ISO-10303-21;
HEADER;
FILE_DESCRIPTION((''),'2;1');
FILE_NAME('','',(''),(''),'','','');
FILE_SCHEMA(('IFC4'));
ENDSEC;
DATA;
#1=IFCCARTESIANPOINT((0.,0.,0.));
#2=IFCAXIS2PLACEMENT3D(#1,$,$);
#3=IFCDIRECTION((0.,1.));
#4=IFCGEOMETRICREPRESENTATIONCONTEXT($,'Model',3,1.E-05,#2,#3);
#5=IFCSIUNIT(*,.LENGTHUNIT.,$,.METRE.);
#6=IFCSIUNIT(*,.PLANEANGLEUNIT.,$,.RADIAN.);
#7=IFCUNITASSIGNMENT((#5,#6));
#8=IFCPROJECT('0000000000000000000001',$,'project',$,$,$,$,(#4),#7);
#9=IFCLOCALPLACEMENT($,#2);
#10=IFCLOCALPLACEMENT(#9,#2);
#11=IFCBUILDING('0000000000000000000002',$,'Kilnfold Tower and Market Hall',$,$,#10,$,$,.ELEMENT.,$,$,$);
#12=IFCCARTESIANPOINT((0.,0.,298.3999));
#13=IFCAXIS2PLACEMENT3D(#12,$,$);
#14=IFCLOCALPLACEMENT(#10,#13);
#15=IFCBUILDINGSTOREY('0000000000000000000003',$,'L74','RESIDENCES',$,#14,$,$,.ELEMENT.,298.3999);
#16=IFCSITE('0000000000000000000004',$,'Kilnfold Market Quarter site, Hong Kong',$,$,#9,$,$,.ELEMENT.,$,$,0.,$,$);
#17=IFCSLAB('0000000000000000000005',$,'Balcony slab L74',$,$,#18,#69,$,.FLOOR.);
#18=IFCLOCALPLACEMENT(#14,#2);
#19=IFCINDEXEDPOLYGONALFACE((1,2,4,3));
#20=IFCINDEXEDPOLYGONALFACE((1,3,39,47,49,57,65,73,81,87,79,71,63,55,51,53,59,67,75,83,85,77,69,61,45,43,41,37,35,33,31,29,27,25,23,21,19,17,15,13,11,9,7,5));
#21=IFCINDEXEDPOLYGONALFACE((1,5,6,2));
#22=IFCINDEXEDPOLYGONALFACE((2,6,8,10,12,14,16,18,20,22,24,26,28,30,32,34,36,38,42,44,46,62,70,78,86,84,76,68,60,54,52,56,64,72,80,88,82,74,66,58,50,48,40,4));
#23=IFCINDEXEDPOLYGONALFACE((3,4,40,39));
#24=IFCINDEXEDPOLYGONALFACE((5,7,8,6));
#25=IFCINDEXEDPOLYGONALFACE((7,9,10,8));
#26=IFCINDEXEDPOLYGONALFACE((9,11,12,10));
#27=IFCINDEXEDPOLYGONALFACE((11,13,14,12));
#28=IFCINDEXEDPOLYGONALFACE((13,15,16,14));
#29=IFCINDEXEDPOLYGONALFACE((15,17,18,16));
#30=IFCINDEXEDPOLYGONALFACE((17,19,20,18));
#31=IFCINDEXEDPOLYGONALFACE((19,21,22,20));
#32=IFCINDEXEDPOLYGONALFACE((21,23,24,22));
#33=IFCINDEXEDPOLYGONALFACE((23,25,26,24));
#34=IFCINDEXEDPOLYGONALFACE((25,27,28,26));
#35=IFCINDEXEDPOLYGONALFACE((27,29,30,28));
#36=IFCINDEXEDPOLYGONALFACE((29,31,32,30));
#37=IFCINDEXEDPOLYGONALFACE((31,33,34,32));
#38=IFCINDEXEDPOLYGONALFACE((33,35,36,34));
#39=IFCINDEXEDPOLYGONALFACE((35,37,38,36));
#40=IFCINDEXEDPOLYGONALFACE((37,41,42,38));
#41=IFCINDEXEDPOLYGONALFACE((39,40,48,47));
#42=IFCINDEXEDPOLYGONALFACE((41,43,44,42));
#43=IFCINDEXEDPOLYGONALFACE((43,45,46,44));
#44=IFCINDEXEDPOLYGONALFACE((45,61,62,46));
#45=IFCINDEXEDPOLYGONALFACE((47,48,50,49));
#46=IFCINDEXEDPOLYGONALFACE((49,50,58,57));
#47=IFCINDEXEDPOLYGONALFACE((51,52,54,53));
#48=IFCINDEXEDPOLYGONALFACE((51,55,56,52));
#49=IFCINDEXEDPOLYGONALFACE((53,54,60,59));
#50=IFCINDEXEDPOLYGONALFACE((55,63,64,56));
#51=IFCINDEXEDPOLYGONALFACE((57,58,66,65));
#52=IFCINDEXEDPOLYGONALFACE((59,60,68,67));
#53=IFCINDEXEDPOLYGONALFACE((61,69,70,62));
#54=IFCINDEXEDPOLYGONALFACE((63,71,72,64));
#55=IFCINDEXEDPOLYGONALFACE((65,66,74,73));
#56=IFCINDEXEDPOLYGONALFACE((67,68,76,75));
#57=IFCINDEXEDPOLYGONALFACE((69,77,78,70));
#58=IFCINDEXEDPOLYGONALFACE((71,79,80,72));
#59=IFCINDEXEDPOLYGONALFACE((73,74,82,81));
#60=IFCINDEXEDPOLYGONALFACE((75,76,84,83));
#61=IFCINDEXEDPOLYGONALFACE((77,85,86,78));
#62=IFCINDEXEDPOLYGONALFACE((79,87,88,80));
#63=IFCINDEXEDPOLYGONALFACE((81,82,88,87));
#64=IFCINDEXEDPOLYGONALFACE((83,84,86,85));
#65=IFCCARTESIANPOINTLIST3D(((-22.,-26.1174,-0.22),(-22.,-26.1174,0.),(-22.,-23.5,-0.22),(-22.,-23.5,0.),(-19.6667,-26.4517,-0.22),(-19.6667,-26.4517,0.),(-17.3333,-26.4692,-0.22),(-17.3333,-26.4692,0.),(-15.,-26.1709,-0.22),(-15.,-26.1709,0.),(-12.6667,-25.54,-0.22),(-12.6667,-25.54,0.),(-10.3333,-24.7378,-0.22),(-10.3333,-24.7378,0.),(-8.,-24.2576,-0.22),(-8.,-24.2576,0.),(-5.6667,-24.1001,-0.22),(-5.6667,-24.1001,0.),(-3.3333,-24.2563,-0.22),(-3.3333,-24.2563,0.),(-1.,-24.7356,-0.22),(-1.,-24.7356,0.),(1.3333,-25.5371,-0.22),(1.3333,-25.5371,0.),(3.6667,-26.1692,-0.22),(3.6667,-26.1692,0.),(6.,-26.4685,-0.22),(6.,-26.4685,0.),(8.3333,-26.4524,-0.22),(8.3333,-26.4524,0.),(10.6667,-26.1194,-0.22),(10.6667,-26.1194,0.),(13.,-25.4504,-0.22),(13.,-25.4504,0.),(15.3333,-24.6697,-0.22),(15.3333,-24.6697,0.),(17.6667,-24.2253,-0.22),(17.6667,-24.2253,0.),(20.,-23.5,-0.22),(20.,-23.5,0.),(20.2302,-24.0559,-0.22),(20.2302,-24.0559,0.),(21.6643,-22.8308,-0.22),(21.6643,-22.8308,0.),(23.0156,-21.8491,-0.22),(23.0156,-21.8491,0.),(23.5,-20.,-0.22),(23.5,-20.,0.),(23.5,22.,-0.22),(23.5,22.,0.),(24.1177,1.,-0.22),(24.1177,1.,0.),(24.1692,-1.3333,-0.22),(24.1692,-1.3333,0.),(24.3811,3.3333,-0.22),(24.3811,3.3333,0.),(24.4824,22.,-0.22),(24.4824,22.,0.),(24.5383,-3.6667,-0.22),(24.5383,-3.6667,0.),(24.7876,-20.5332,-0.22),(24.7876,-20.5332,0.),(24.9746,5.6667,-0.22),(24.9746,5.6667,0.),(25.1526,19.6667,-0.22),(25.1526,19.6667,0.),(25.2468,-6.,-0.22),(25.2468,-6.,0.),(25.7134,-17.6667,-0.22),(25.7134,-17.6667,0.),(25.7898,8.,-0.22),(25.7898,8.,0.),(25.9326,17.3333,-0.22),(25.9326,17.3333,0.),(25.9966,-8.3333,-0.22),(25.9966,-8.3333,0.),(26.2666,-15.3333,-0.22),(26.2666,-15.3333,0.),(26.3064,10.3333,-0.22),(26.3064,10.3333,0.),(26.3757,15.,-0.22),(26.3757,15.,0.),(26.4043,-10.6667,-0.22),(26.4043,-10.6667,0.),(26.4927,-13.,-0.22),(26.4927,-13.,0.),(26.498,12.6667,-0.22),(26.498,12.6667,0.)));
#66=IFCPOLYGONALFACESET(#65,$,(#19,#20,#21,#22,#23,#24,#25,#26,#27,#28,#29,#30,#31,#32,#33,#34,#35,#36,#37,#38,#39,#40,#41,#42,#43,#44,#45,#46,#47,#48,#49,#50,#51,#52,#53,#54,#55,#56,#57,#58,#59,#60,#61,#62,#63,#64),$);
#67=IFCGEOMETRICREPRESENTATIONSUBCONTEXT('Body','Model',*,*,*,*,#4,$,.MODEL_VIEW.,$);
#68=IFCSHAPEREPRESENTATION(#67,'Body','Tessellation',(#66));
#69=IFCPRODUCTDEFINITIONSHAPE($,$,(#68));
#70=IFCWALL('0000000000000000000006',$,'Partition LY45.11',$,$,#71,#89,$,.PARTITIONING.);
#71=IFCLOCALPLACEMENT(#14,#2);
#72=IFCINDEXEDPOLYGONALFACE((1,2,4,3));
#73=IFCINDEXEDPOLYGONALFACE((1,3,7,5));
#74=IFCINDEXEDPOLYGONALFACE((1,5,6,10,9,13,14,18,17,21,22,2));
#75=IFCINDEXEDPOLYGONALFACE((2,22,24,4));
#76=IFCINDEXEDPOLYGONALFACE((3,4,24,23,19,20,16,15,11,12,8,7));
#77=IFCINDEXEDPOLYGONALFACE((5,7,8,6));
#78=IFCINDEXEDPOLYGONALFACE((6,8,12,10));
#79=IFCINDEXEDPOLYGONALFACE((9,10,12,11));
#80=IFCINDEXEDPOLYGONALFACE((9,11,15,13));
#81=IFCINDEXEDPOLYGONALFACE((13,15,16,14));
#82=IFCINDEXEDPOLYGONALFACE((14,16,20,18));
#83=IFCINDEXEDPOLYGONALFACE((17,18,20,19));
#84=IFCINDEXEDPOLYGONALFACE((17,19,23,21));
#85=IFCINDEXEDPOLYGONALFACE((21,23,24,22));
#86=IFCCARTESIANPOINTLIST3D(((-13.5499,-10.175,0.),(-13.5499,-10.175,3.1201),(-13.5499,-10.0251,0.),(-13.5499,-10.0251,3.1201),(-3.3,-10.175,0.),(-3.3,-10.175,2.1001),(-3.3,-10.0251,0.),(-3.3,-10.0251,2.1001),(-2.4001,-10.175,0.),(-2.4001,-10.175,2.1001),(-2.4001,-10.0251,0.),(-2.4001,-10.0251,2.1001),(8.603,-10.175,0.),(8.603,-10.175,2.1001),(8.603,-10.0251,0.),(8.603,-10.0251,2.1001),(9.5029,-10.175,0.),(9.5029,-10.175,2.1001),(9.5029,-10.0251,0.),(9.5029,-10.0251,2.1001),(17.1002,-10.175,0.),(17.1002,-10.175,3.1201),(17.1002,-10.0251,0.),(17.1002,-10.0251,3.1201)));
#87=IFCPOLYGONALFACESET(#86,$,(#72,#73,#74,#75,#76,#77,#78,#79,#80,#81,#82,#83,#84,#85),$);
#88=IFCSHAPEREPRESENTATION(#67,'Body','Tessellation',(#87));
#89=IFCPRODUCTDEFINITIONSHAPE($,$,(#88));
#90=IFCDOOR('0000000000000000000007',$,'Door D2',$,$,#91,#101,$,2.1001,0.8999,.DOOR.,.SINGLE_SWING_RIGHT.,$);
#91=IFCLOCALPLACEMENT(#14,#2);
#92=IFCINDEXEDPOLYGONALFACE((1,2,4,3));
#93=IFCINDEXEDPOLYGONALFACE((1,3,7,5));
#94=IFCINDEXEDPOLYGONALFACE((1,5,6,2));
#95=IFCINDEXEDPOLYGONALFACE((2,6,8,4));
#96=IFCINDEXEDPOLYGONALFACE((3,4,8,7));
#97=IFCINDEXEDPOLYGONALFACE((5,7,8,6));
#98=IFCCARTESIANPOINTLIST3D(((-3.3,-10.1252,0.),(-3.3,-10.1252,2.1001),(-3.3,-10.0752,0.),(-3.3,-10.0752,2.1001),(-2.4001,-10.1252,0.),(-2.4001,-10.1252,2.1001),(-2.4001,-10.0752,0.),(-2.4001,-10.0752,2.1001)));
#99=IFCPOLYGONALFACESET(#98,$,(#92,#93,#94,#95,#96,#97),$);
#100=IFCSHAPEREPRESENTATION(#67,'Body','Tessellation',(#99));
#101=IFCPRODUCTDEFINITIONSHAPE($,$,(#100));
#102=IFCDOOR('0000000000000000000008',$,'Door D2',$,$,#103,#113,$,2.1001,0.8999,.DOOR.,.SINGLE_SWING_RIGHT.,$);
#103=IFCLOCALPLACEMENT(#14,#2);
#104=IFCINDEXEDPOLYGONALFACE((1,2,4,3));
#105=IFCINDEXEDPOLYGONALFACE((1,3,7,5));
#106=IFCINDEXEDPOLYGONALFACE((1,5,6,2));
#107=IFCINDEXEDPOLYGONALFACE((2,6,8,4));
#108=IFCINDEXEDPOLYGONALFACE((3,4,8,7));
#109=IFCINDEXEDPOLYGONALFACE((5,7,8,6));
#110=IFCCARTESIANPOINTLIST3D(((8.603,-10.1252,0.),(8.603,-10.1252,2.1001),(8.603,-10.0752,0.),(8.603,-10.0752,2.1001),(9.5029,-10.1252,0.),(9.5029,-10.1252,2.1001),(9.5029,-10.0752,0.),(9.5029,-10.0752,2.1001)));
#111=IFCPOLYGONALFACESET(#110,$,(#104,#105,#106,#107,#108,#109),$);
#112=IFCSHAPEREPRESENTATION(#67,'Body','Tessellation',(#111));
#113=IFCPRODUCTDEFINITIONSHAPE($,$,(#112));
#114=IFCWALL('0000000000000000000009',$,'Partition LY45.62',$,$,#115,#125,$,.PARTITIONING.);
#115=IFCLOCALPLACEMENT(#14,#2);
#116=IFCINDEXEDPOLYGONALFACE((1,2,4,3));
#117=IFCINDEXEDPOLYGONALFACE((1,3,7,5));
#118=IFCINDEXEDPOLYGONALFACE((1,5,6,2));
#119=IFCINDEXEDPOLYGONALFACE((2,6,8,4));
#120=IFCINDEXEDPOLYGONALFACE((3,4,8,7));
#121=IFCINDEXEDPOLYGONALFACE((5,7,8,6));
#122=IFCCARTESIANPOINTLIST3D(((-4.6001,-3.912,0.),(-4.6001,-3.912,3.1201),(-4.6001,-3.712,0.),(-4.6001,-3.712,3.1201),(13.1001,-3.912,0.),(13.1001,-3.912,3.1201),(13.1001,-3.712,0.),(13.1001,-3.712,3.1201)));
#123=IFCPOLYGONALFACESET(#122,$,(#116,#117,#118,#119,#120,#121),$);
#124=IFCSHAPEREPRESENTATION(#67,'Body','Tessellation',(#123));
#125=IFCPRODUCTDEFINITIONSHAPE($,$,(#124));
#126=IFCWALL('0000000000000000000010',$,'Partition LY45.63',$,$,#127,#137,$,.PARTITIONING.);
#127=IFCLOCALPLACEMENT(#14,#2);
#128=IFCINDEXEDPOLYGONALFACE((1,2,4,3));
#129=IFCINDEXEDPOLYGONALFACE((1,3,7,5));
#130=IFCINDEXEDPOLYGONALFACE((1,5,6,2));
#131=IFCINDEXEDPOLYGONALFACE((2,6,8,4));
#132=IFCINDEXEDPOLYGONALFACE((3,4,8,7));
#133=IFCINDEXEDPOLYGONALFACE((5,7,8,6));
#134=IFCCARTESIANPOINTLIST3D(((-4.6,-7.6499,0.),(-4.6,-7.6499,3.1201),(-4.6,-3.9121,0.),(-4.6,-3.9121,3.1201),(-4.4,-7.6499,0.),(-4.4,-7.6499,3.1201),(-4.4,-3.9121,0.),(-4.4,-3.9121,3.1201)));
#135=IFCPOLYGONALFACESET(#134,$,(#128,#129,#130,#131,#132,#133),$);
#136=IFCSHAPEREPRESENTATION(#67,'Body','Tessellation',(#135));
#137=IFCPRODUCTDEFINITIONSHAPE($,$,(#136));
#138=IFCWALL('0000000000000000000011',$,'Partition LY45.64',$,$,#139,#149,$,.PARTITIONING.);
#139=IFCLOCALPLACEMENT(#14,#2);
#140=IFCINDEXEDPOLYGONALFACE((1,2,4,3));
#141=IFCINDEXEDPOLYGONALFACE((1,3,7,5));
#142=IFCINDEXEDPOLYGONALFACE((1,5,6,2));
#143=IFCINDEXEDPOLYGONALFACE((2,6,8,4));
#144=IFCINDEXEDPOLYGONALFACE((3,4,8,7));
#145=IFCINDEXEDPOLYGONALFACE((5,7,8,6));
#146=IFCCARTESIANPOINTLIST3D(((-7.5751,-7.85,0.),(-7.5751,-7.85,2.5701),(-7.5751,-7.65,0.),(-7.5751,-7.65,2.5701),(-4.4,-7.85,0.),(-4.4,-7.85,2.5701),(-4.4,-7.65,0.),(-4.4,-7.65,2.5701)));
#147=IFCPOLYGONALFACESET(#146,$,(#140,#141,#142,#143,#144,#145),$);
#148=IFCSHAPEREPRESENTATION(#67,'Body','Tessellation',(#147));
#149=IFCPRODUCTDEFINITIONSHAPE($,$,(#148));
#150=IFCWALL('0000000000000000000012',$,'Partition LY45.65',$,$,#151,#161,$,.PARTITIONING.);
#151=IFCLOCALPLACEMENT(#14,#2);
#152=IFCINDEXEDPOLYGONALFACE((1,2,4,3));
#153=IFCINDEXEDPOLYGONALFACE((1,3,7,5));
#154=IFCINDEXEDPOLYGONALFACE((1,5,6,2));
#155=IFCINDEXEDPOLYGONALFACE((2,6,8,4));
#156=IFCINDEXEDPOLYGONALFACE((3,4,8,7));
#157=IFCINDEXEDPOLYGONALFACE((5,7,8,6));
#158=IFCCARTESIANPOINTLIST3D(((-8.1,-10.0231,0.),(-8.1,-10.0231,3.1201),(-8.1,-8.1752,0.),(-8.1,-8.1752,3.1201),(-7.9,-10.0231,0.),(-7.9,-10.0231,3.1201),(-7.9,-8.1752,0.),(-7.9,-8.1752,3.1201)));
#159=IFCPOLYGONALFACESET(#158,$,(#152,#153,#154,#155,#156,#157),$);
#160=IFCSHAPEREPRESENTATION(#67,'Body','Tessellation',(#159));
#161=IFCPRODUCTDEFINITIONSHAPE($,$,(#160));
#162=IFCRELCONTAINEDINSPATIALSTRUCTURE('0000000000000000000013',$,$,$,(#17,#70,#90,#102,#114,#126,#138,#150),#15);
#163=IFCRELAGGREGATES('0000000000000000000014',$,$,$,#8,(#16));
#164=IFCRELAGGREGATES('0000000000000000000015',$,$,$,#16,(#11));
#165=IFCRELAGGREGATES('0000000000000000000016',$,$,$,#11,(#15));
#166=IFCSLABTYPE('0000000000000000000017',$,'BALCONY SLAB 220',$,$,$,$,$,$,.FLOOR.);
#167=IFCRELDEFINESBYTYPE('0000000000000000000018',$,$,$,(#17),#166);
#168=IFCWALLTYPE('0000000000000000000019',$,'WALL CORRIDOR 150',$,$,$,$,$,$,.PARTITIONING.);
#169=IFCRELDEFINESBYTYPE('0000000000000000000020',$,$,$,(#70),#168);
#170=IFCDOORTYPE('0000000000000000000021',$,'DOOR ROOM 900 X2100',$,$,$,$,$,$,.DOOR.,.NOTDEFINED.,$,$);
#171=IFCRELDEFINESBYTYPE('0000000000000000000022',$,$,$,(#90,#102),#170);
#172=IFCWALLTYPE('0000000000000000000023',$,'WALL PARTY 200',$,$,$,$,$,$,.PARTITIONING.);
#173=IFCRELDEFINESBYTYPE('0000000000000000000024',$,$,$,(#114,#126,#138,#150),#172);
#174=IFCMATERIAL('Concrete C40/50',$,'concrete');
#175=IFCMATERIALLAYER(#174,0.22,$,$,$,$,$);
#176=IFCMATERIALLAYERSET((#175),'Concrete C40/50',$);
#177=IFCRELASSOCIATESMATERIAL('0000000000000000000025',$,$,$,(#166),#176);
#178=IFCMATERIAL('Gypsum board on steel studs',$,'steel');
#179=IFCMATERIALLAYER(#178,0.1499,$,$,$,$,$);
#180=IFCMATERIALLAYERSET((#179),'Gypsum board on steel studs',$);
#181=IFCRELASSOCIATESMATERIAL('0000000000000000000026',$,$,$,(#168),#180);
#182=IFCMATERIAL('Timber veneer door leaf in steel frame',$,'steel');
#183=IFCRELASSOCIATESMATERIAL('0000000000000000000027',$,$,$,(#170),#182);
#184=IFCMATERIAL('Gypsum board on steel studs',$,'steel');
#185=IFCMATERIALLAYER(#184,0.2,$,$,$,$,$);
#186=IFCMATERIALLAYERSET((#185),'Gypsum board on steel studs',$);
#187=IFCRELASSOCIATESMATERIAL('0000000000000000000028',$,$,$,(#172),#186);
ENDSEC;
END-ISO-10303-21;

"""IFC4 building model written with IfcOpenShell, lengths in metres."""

from ifc_helpers import new_model, si_unit, direction, frame, frame_2d, origin, place, context, subcontext, project, spatial, polyline, rectangle, outline, extrude, source, transform, mapped, material, layer, layer_set, type_object, element, fill, save


model = new_model("IFC4")

# Units and contexts
model_context = context("Model", 3, precision=1e-05, world=origin(), true_north=direction((0.0, 1.0)))
body_context = subcontext(model_context, "Body", "Model", "MODEL_VIEW")
ifc_project = project(units=[si_unit("LENGTHUNIT", "METRE"), si_unit("PLANEANGLEUNIT", "RADIAN")], contexts=[model_context])

# Site, building, storey
site_placement = place(None, origin())
site = spatial("IfcSite", under=ifc_project, at=site_placement, Name="Kilnfold Market Quarter site, Hong Kong", CompositionType="ELEMENT", RefElevation=0.0)
building_placement = place(site_placement, origin())
building = spatial("IfcBuilding", under=site, at=building_placement, Name="Kilnfold Tower and Market Hall", CompositionType="ELEMENT")
storey_placement = place(building_placement, frame((0.0, 0.0, 298.3999)))
storey = spatial("IfcBuildingStorey", under=building, at=storey_placement, Name="L74", Description="RESIDENCES", CompositionType="ELEMENT", Elevation=298.3999)

# Slab
ifc_material_1 = material(Name="Concrete C40/50", Category="concrete")
ifc_layer_1 = layer(ifc_material_1, 0.22)
ifc_layer_set_1 = layer_set([ifc_layer_1], Name="Concrete C40/50")
slab_type_1 = type_object("IfcSlabType", Name="BALCONY SLAB 220", PredefinedType="FLOOR", material=ifc_layer_set_1)
shared_shape_1 = source(origin(), body_context, "Body", "SweptSolid", [
    extrude(outline(polyline([(-22.0, -23.5), (20.0, -23.5), (23.5, -20.0), (23.5, 22.0), (24.4824, 22.0), (25.1526, 19.6667), (25.9326, 17.3333), (26.3757, 15.0), (26.498, 12.6667), (26.3064, 10.3333), (25.7898, 8.0), (24.9746, 5.6667), (24.3811, 3.3333), (24.1177, 1.0), (24.1692, -1.3333), (24.5383, -3.6667), (25.2468, -6.0), (25.9966, -8.3333), (26.4043, -10.6667), (26.4927, -13.0), (26.2666, -15.3333), (25.7134, -17.6667), (24.7876, -20.5332), (23.0156, -21.8491), (21.6643, -22.8308), (20.2302, -24.0559), (17.6667, -24.2253), (15.3333, -24.6697), (13.0, -25.4504), (10.6667, -26.1194), (8.3333, -26.4524), (6.0, -26.4685), (3.6667, -26.1692), (1.3333, -25.5371), (-1.0, -24.7356), (-3.3333, -24.2563), (-5.6667, -24.1001), (-8.0, -24.2576), (-10.3333, -24.7378), (-12.6667, -25.54), (-15.0, -26.1709), (-17.3333, -26.4692), (-19.6667, -26.4517), (-22.0, -26.1174), (-22.0, -23.5)])), origin(), (0.0, 0.0, 1.0), 0.22),
])
slab_1_placement = place(storey_placement, frame((0.0, 0.0, -0.22)))
element("IfcSlab", 1, at=slab_1_placement, inside=storey, type_object=slab_type_1, Name="Balcony slab L74", PredefinedType="FLOOR", context=body_context, shape_type="MappedRepresentation", body=[
    mapped(shared_shape_1, transform((0.0, 0.0, 0.0))),
])

# Wall, openings, doors
ifc_material_2 = material(Name="Gypsum board on steel studs", Category="steel")
ifc_layer_2 = layer(ifc_material_2, 0.1499)
ifc_layer_set_2 = layer_set([ifc_layer_2], Name="Gypsum board on steel studs")
wall_type_1 = type_object("IfcWallType", Name="WALL CORRIDOR 150", PredefinedType="PARTITIONING", material=ifc_layer_set_2)
wall_1_placement = place(storey_placement, frame((-13.55, -10.1001, 0.0), z_axis=(0.0, 0.0, 1.0), x_axis=(1.0, 0.0, 0.0)))
wall_1 = element("IfcWall", 2, at=wall_1_placement, inside=storey, type_object=wall_type_1, Name="Partition LY45.11", PredefinedType="PARTITIONING", context=body_context, shape_type="SweptSolid", body=[
    extrude(rectangle(XDim=30.6501, YDim=0.1499, at=frame_2d((15.3252, 0.0))), origin(), (0.0, 0.0, 1.0), 3.1201),
])
opening_1_placement = place(wall_1_placement, frame((10.25, 0.0, 0.0)))
opening_1 = element("IfcOpeningElement", 3, at=opening_1_placement, cuts=wall_1, PredefinedType="OPENING", context=body_context, shape_type="SweptSolid", body=[
    extrude(rectangle(XDim=0.8999, YDim=2.1001, at=frame_2d((0.45, 1.05))), frame((0.0, 0.085, 0.0), z_axis=(0.0, -1.0, 0.0), x_axis=(1.0, 0.0, 0.0)), (0.0, 0.0, 1.0), 0.1699),
])
opening_2_placement = place(wall_1_placement, frame((22.1531, 0.0, 0.0)))
opening_2 = element("IfcOpeningElement", 4, at=opening_2_placement, cuts=wall_1, PredefinedType="OPENING", context=body_context, shape_type="SweptSolid", body=[
    extrude(rectangle(XDim=0.8999, YDim=2.1001, at=frame_2d((0.45, 1.05))), frame((0.0, 0.085, 0.0), z_axis=(0.0, -1.0, 0.0), x_axis=(1.0, 0.0, 0.0)), (0.0, 0.0, 1.0), 0.1699),
])
ifc_material_3 = material(Name="Timber veneer door leaf in steel frame", Category="steel")
door_type = type_object("IfcDoorType", Name="DOOR ROOM 900 X2100", OperationType="NOTDEFINED", PredefinedType="DOOR", material=ifc_material_3)
door_1_placement = place(opening_1_placement, origin())
door_1 = element("IfcDoor", 5, at=door_1_placement, inside=storey, type_object=door_type, Name="Door D2", OperationType="SINGLE_SWING_RIGHT", OverallHeight=2.1001, OverallWidth=0.8999, PredefinedType="DOOR", context=body_context, shape_type="SweptSolid", body=[
    extrude(rectangle(XDim=0.8999, YDim=2.1001, at=frame_2d((0.45, 1.05))), frame((0.0, 0.0249, 0.0), z_axis=(0.0, -1.0, 0.0), x_axis=(1.0, 0.0, 0.0)), (0.0, 0.0, 1.0), 0.05),
])
fill(opening_1, door_1)
door_2_placement = place(opening_2_placement, origin())
door_2 = element("IfcDoor", 6, at=door_2_placement, inside=storey, type_object=door_type, Name="Door D2", OperationType="SINGLE_SWING_RIGHT", OverallHeight=2.1001, OverallWidth=0.8999, PredefinedType="DOOR", context=body_context, shape_type="SweptSolid", body=[
    extrude(rectangle(XDim=0.8999, YDim=2.1001, at=frame_2d((0.45, 1.05))), frame((0.0, 0.0249, 0.0), z_axis=(0.0, -1.0, 0.0), x_axis=(1.0, 0.0, 0.0)), (0.0, 0.0, 1.0), 0.05),
])
fill(opening_2, door_2)

# Walls
ifc_material_4 = material(Name="Gypsum board on steel studs", Category="steel")
ifc_layer_3 = layer(ifc_material_4, 0.2)
ifc_layer_set_3 = layer_set([ifc_layer_3], Name="Gypsum board on steel studs")
wall_type_2 = type_object("IfcWallType", Name="WALL PARTY 200", PredefinedType="PARTITIONING", material=ifc_layer_set_3)
wall_2_placement = place(storey_placement, frame((-4.6001, -3.812, 0.0), z_axis=(0.0, 0.0, 1.0), x_axis=(1.0, 0.0, 0.0)))
element("IfcWall", 7, at=wall_2_placement, inside=storey, type_object=wall_type_2, Name="Partition LY45.62", PredefinedType="PARTITIONING", context=body_context, shape_type="SweptSolid", body=[
    extrude(rectangle(XDim=17.7002, YDim=0.2, at=frame_2d((8.8501, 0.0))), origin(), (0.0, 0.0, 1.0), 3.1201),
])
wall_3_placement = place(storey_placement, frame((-4.5, -7.6499, 0.0), z_axis=(0.0, 0.0, 1.0), x_axis=(0.0, 1.0, 0.0)))
element("IfcWall", 8, at=wall_3_placement, inside=storey, type_object=wall_type_2, Name="Partition LY45.63", PredefinedType="PARTITIONING", context=body_context, shape_type="SweptSolid", body=[
    extrude(rectangle(XDim=3.7378, YDim=0.2, at=frame_2d((1.8689, 0.0))), origin(), (0.0, 0.0, 1.0), 3.1201),
])
wall_4_placement = place(storey_placement, frame((-7.575, -7.75, 0.0), z_axis=(0.0, 0.0, 1.0), x_axis=(1.0, 0.0, 0.0)))
element("IfcWall", 9, at=wall_4_placement, inside=storey, type_object=wall_type_2, Name="Partition LY45.64", PredefinedType="PARTITIONING", context=body_context, shape_type="SweptSolid", body=[
    extrude(rectangle(XDim=3.175, YDim=0.2, at=frame_2d((1.5874, 0.0))), origin(), (0.0, 0.0, 1.0), 2.5701),
])
wall_5_placement = place(storey_placement, frame((-8.0, -10.0229, 0.0), z_axis=(0.0, 0.0, 1.0), x_axis=(0.0, 1.0, 0.0)))
element("IfcWall", 10, at=wall_5_placement, inside=storey, type_object=wall_type_2, Name="Partition LY45.65", PredefinedType="PARTITIONING", context=body_context, shape_type="SweptSolid", body=[
    extrude(rectangle(XDim=1.8479, YDim=0.2, at=frame_2d((0.9238, 0.0))), origin(), (0.0, 0.0, 1.0), 3.1201),
])

save(model, "model.ifc")
